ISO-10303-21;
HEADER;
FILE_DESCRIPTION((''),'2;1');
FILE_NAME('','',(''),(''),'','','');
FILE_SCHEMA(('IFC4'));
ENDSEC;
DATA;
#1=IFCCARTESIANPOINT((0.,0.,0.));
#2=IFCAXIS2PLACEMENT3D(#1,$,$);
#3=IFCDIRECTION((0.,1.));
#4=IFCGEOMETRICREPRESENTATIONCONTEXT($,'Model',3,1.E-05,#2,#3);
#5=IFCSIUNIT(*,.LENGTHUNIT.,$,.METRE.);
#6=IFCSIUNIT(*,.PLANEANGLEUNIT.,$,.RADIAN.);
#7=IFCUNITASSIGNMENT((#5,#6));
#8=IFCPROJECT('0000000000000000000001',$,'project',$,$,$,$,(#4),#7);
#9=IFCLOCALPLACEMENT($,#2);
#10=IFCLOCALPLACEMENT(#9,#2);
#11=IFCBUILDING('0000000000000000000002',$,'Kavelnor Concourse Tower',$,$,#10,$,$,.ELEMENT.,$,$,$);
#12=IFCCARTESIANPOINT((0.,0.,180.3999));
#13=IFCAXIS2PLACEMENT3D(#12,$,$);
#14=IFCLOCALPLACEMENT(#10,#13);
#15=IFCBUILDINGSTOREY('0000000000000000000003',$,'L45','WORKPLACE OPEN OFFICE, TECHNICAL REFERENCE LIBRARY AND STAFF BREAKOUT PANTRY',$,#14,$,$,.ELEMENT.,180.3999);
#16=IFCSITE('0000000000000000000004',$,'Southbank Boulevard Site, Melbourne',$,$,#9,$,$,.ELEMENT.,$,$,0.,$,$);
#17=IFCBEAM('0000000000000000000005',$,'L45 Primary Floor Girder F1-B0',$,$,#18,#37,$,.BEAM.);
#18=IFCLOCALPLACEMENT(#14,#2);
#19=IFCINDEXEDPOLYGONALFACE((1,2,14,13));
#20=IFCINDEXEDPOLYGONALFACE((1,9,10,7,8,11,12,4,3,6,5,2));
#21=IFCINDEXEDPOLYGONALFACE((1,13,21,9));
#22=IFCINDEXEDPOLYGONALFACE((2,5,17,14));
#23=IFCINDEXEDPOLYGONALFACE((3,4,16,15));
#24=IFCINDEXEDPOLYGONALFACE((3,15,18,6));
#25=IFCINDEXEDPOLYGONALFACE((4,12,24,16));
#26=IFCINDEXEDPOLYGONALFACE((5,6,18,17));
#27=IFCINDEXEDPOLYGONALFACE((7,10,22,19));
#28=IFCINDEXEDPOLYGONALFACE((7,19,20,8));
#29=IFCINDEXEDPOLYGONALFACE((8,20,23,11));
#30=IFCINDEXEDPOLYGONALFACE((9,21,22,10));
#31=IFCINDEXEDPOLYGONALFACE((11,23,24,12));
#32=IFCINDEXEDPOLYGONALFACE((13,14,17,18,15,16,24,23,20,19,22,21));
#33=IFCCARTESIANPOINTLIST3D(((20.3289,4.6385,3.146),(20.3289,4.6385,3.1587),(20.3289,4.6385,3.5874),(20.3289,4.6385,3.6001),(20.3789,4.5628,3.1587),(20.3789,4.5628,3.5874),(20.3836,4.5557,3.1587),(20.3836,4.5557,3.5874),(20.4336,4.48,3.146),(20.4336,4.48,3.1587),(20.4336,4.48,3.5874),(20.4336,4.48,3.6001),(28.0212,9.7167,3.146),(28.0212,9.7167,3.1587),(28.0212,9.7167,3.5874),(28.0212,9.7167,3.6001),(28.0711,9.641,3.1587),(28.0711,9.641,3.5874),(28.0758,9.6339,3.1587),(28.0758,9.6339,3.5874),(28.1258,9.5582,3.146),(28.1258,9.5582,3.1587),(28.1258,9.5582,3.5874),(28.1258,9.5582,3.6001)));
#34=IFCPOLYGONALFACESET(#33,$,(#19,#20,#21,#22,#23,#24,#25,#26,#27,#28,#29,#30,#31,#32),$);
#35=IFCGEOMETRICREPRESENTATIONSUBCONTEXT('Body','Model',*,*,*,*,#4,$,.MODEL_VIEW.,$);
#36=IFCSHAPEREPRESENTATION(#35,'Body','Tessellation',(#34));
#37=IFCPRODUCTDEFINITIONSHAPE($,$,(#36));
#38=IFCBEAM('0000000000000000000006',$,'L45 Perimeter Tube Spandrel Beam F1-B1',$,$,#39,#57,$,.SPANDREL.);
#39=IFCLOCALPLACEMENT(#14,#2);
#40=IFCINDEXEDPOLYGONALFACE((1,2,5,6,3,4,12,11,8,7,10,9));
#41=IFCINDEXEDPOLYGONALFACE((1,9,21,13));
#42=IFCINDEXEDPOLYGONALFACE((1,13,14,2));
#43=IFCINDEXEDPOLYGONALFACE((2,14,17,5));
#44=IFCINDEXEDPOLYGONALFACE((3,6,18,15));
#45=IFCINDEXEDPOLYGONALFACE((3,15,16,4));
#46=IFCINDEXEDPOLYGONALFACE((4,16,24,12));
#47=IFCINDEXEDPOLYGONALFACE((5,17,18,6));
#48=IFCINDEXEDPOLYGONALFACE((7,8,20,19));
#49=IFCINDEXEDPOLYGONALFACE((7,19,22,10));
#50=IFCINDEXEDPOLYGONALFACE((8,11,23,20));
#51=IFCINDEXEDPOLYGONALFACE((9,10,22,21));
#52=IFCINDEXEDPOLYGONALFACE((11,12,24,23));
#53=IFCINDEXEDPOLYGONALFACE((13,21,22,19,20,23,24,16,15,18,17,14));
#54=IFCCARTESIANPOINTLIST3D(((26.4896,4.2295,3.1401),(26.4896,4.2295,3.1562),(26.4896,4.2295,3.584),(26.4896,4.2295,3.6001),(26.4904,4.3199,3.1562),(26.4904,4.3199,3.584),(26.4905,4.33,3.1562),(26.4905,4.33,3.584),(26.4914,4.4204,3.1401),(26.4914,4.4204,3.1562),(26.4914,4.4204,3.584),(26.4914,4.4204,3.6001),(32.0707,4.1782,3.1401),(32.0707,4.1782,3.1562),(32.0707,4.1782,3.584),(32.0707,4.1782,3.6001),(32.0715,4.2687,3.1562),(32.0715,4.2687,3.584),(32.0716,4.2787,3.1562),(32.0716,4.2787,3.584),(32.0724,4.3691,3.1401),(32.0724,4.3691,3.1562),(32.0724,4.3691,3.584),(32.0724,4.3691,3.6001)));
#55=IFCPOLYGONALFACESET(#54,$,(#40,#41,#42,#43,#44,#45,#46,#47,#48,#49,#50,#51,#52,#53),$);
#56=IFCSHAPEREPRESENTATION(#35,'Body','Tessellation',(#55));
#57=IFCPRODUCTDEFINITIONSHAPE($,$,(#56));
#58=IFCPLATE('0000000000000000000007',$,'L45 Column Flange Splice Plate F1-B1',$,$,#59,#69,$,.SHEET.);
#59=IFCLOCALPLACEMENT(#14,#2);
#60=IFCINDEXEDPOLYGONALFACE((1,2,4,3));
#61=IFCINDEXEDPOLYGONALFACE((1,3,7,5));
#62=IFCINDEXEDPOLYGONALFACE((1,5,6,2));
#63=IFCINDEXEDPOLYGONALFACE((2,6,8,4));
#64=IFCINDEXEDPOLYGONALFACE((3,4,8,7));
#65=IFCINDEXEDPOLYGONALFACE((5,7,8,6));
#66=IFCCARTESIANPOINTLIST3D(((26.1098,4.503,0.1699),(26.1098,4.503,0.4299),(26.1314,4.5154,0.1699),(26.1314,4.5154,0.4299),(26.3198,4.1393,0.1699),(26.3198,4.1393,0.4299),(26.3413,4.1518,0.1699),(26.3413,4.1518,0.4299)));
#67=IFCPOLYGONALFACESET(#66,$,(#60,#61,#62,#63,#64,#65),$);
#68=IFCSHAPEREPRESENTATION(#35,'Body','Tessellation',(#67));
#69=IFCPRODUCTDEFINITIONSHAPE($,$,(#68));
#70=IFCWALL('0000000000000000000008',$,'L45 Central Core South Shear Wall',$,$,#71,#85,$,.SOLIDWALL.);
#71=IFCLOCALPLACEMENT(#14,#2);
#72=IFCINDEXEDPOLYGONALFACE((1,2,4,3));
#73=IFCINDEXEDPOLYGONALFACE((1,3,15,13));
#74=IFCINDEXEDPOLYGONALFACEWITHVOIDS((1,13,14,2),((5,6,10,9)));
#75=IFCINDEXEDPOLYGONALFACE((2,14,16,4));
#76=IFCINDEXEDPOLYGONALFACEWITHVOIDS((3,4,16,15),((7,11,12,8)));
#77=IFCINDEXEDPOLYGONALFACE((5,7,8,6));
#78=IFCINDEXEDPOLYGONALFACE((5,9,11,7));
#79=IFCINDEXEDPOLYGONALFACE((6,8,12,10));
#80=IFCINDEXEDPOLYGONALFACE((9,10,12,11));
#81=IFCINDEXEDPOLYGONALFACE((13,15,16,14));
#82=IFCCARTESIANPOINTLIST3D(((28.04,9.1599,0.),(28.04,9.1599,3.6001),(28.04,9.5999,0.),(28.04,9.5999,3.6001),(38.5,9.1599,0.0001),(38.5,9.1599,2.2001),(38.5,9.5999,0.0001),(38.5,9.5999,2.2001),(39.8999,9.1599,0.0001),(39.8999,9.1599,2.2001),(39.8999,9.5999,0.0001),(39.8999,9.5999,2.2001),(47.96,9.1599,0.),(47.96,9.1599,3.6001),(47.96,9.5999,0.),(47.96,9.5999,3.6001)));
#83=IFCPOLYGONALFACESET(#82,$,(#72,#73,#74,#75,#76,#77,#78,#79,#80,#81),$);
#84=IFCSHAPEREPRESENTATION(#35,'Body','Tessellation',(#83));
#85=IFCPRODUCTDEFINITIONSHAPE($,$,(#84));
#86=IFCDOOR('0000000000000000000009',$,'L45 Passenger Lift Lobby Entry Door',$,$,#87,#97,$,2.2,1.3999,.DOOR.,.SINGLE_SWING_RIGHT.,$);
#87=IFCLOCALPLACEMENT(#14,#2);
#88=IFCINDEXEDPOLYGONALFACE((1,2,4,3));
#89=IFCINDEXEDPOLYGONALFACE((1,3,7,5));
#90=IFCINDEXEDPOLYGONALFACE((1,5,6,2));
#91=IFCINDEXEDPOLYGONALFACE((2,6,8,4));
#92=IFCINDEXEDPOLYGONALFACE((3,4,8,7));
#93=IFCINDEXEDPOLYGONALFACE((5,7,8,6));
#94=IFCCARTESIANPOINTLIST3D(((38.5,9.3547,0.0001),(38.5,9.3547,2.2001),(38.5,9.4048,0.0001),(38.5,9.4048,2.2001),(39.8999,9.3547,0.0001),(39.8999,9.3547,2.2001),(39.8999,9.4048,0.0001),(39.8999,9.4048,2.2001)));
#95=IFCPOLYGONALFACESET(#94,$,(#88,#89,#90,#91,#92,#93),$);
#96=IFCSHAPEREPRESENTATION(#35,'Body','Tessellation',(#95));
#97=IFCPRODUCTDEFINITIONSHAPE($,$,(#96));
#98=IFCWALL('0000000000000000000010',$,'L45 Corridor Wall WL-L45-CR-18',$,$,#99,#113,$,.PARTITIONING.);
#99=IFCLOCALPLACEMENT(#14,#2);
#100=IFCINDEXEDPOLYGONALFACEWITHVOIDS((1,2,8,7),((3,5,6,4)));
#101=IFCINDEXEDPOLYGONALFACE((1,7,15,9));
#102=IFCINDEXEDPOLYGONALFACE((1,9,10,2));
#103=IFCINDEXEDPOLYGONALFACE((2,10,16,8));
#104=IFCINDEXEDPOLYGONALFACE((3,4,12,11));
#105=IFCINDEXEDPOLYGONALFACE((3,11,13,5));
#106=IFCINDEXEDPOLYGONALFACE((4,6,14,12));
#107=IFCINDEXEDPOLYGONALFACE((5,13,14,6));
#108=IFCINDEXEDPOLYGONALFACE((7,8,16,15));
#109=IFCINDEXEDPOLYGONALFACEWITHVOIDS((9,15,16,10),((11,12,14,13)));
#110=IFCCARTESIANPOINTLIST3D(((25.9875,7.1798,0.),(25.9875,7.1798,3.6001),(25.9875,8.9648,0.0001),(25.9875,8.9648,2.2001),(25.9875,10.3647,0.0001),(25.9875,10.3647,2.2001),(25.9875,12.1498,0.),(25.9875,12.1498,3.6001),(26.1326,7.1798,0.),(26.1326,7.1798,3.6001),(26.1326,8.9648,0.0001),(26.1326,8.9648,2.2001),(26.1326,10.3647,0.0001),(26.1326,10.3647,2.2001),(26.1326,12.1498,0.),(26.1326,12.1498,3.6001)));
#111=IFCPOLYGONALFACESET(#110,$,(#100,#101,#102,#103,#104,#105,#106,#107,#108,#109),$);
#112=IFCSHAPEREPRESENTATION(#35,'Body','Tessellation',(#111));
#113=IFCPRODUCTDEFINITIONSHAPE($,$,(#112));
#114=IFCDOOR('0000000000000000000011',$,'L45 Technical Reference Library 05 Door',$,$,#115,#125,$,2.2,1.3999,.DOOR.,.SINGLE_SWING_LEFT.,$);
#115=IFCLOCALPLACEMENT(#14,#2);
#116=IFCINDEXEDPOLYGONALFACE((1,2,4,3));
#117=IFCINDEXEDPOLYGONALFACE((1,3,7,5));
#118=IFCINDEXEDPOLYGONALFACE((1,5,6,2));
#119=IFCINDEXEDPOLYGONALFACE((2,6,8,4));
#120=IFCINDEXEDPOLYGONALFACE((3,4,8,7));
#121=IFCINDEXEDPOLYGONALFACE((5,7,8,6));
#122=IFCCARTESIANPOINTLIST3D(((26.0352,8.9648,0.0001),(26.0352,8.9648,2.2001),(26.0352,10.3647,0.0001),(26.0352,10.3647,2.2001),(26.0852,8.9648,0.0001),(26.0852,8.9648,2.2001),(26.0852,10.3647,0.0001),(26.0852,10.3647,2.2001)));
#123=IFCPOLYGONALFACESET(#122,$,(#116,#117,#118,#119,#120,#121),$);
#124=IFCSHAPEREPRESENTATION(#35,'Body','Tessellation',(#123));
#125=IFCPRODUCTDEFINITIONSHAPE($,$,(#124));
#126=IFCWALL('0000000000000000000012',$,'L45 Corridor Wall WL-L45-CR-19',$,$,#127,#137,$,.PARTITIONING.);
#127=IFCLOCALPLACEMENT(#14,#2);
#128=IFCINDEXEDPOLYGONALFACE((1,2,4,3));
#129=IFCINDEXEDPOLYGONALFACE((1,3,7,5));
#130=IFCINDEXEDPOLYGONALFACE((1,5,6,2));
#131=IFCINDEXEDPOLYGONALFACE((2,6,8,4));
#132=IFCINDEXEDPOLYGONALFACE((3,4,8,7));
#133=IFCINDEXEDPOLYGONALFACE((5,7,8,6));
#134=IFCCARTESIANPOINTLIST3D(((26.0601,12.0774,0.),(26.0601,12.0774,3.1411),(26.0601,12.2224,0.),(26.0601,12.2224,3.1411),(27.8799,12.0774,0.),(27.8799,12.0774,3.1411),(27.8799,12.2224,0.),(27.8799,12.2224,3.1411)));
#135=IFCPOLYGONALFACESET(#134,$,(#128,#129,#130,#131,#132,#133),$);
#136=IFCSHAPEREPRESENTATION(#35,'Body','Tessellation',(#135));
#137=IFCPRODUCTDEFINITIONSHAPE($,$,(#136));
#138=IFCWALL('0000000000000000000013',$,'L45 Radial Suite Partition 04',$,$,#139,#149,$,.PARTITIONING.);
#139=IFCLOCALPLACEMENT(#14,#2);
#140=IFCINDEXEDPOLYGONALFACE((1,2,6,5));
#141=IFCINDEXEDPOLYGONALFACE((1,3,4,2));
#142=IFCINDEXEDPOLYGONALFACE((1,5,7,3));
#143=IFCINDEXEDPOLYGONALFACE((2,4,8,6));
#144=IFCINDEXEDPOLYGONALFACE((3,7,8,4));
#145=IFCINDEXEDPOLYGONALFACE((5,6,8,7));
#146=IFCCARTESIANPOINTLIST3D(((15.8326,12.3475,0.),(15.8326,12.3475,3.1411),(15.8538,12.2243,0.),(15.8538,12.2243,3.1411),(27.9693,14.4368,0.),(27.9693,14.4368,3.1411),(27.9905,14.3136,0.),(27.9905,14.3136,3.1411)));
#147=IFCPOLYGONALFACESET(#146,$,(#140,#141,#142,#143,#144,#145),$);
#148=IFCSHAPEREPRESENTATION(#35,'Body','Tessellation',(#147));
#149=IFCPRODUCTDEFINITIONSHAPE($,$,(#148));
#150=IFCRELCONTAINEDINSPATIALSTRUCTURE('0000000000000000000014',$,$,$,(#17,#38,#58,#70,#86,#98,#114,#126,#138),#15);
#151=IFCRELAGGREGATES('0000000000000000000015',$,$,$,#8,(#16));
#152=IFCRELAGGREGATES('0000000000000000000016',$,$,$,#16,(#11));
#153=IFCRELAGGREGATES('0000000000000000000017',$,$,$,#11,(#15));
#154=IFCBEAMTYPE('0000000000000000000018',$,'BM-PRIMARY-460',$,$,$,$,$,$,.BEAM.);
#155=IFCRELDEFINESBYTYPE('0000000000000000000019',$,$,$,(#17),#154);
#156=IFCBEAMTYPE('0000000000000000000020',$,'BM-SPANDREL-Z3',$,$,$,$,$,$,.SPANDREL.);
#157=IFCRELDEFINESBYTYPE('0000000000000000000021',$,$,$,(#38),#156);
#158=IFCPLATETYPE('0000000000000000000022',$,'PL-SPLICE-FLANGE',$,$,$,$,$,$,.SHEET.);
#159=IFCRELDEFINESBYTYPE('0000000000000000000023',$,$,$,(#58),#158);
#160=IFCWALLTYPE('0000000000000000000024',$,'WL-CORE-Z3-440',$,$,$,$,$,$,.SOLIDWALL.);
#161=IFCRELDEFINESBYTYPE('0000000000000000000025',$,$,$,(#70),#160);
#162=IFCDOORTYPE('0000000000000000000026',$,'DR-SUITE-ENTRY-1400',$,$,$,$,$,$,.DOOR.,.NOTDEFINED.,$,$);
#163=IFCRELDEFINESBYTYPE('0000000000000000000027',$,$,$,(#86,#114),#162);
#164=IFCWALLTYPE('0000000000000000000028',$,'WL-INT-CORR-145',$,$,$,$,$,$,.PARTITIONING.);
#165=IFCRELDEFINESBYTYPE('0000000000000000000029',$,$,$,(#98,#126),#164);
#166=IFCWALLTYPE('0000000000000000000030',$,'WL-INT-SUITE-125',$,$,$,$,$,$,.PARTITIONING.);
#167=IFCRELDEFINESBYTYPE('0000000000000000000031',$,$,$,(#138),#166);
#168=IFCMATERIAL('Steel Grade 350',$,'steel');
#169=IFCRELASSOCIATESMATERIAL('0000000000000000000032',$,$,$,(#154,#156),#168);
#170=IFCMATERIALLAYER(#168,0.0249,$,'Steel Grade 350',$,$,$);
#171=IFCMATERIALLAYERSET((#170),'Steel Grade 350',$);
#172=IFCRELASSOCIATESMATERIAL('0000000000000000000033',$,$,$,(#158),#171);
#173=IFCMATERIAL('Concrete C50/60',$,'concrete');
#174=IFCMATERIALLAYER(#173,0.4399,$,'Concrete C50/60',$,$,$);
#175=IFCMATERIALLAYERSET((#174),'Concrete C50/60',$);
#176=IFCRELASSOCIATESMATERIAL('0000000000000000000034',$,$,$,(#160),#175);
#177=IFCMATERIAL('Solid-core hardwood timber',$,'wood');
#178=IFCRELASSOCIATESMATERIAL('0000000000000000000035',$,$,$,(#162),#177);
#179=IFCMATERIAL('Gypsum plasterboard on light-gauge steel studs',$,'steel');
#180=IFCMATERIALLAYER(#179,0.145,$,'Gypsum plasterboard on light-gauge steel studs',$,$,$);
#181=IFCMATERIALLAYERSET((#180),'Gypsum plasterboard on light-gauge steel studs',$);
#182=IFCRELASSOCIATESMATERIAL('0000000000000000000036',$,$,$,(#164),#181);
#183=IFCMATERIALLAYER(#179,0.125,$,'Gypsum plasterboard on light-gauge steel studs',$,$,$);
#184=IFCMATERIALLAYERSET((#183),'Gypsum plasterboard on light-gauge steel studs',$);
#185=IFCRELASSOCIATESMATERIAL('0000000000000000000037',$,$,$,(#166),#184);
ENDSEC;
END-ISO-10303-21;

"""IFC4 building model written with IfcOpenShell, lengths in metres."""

from ifc_helpers import new_model, si_unit, direction, frame, frame_2d, origin, origin_2d, place, context, subcontext, project, spatial, rectangle, i_section, extrude, material, layer, layer_set, material_profile, profile_set, type_object, element, fill, save


model = new_model("IFC4")

# Units and contexts
model_context = context("Model", 3, precision=1e-05, world=origin(), true_north=direction((0.0, 1.0)))
body_context = subcontext(model_context, "Body", "Model", "MODEL_VIEW")
ifc_project = project(units=[si_unit("LENGTHUNIT", "METRE"), si_unit("PLANEANGLEUNIT", "RADIAN")], contexts=[model_context])

# Site, building, storey
site_placement = place(None, origin())
site = spatial("IfcSite", under=ifc_project, at=site_placement, Name="Southbank Boulevard Site, Melbourne", CompositionType="ELEMENT", RefElevation=0.0)
building_placement = place(site_placement, origin())
building = spatial("IfcBuilding", under=site, at=building_placement, Name="Kavelnor Concourse Tower", CompositionType="ELEMENT")
storey_placement = place(building_placement, frame((0.0, 0.0, 180.3999)))
storey = spatial("IfcBuildingStorey", under=building, at=storey_placement, Name="L45", Description="WORKPLACE OPEN OFFICE, TECHNICAL REFERENCE LIBRARY AND STAFF BREAKOUT PANTRY", CompositionType="ELEMENT", Elevation=180.3999)

# Shared definitions
ifc_material_1 = material(Name="Steel Grade 350", Category="steel")

# Beams
ifc_material_profile_1 = material_profile(ifc_material_1, i_section(OverallWidth=0.1899, OverallDepth=0.4541, WebThickness=0.0085, FlangeThickness=0.0127, at=origin_2d()), Name="460UB67")
ifc_profile_set_1 = profile_set([ifc_material_profile_1], Name="Steel Grade 350")
beam_type_1 = type_object("IfcBeamType", Name="BM-PRIMARY-460", PredefinedType="BEAM", material=ifc_profile_set_1)
beam_1_placement = place(storey_placement, frame((28.0735, 9.6375, 3.373), z_axis=(-0.834544, -0.550941, 0.0), x_axis=(0.550941, -0.834544, 0.0)))
element("IfcBeam", 1, at=beam_1_placement, inside=storey, type_object=beam_type_1, Name="L45 Primary Floor Girder F1-B0", PredefinedType="BEAM", context=body_context, shape_type="SweptSolid", body=[
    extrude(i_section(OverallWidth=0.1899, OverallDepth=0.4541, WebThickness=0.0085, FlangeThickness=0.0127, at=origin_2d()), origin(), (0.0, 0.0, 1.0), 9.2173),
])
ifc_material_profile_2 = material_profile(ifc_material_1, i_section(OverallWidth=0.1909, OverallDepth=0.46, WebThickness=0.01, FlangeThickness=0.0161, at=origin_2d()), Name="460UB82")
ifc_profile_set_2 = profile_set([ifc_material_profile_2], Name="Steel Grade 350")
beam_type_2 = type_object("IfcBeamType", Name="BM-SPANDREL-Z3", PredefinedType="SPANDREL", material=ifc_profile_set_2)
beam_2_placement = place(storey_placement, frame((26.4905, 4.325, 3.3701), z_axis=(0.999958, -0.009186, 0.0), x_axis=(0.009186, 0.999958, 0.0)))
element("IfcBeam", 2, at=beam_2_placement, inside=storey, type_object=beam_type_2, Name="L45 Perimeter Tube Spandrel Beam F1-B1", PredefinedType="SPANDREL", context=body_context, shape_type="SweptSolid", body=[
    extrude(i_section(OverallWidth=0.1909, OverallDepth=0.46, WebThickness=0.01, FlangeThickness=0.0161, at=origin_2d()), origin(), (0.0, 0.0, 1.0), 5.5813),
])

# Plate
ifc_layer_1 = layer(ifc_material_1, 0.0249, Name="Steel Grade 350")
ifc_layer_set_1 = layer_set([ifc_layer_1], Name="Steel Grade 350")
plate_type = type_object("IfcPlateType", Name="PL-SPLICE-FLANGE", PredefinedType="SHEET", material=ifc_layer_set_1)
plate_placement = place(storey_placement, frame((26.2256, 4.3274, 0.1699), z_axis=(0.0, 0.0, 1.0), x_axis=(-0.5, 0.866025, 0.0)))
element("IfcPlate", 3, at=plate_placement, inside=storey, type_object=plate_type, Name="L45 Column Flange Splice Plate F1-B1", PredefinedType="SHEET", context=body_context, shape_type="SweptSolid", body=[
    extrude(rectangle(XDim=0.4199, YDim=0.0249, at=origin_2d()), origin(), (0.0, 0.0, 1.0), 0.26),
])

# Walls, openings, doors
ifc_material_2 = material(Name="Concrete C50/60", Category="concrete")
ifc_layer_2 = layer(ifc_material_2, 0.4399, Name="Concrete C50/60")
ifc_layer_set_2 = layer_set([ifc_layer_2], Name="Concrete C50/60")
wall_type_1 = type_object("IfcWallType", Name="WL-CORE-Z3-440", PredefinedType="SOLIDWALL", material=ifc_layer_set_2)
wall_1_placement = place(storey_placement, frame((28.04, 9.3799, 0.0), z_axis=(0.0, 0.0, 1.0), x_axis=(1.0, 0.0, 0.0)))
wall_1 = element("IfcWall", 4, at=wall_1_placement, inside=storey, type_object=wall_type_1, Name="L45 Central Core South Shear Wall", PredefinedType="SOLIDWALL", context=body_context, shape_type="SweptSolid", body=[
    extrude(rectangle(XDim=19.9199, YDim=0.4399, at=frame_2d((9.96, 0.0))), origin(), (0.0, 0.0, 1.0), 3.6001),
])
opening_1_placement = place(wall_1_placement, frame((10.46, 0.0, 0.0)))
opening_1 = element("IfcOpeningElement", 5, at=opening_1_placement, cuts=wall_1, PredefinedType="OPENING", context=body_context, shape_type="SweptSolid", body=[
    extrude(rectangle(XDim=1.3999, YDim=2.2, at=frame_2d((0.7, 1.1001))), frame((0.0, 0.23, 0.0), z_axis=(0.0, -1.0, 0.0), x_axis=(1.0, 0.0, 0.0)), (0.0, 0.0, 1.0), 0.46),
])
ifc_material_3 = material(Name="Solid-core hardwood timber", Category="wood")
door_type = type_object("IfcDoorType", Name="DR-SUITE-ENTRY-1400", OperationType="NOTDEFINED", PredefinedType="DOOR", material=ifc_material_3)
door_1_placement = place(opening_1_placement, origin())
door_1 = element("IfcDoor", 6, at=door_1_placement, inside=storey, type_object=door_type, Name="L45 Passenger Lift Lobby Entry Door", OperationType="SINGLE_SWING_RIGHT", OverallHeight=2.2, OverallWidth=1.3999, PredefinedType="DOOR", context=body_context, shape_type="SweptSolid", body=[
    extrude(rectangle(XDim=1.3999, YDim=2.2, at=frame_2d((0.7, 1.1001))), frame((0.0, 0.0249, 0.0), z_axis=(0.0, -1.0, 0.0), x_axis=(1.0, 0.0, 0.0)), (0.0, 0.0, 1.0), 0.05),
])
fill(opening_1, door_1)
ifc_material_4 = material(Name="Gypsum plasterboard on light-gauge steel studs", Category="steel")
ifc_layer_3 = layer(ifc_material_4, 0.145, Name="Gypsum plasterboard on light-gauge steel studs")
ifc_layer_set_3 = layer_set([ifc_layer_3], Name="Gypsum plasterboard on light-gauge steel studs")
wall_type_2 = type_object("IfcWallType", Name="WL-INT-CORR-145", PredefinedType="PARTITIONING", material=ifc_layer_set_3)
wall_2_placement = place(storey_placement, frame((26.0601, 7.1799, 0.0), z_axis=(0.0, 0.0, 1.0), x_axis=(0.0, 1.0, 0.0)))
wall_2 = element("IfcWall", 7, at=wall_2_placement, inside=storey, type_object=wall_type_2, Name="L45 Corridor Wall WL-L45-CR-18", PredefinedType="PARTITIONING", context=body_context, shape_type="SweptSolid", body=[
    extrude(rectangle(XDim=4.97, YDim=0.145, at=frame_2d((2.4849, 0.0))), origin(), (0.0, 0.0, 1.0), 3.6001),
])
opening_2_placement = place(wall_2_placement, frame((1.7849, 0.0, 0.0)))
opening_2 = element("IfcOpeningElement", 8, at=opening_2_placement, cuts=wall_2, PredefinedType="OPENING", context=body_context, shape_type="SweptSolid", body=[
    extrude(rectangle(XDim=1.3999, YDim=2.2, at=frame_2d((0.7, 1.1001))), frame((0.0, 0.0825, 0.0), z_axis=(0.0, -1.0, 0.0), x_axis=(1.0, 0.0, 0.0)), (0.0, 0.0, 1.0), 0.165),
])
door_2_placement = place(opening_2_placement, origin())
door_2 = element("IfcDoor", 9, at=door_2_placement, inside=storey, type_object=door_type, Name="L45 Technical Reference Library 05 Door", OperationType="SINGLE_SWING_LEFT", OverallHeight=2.2, OverallWidth=1.3999, PredefinedType="DOOR", context=body_context, shape_type="SweptSolid", body=[
    extrude(rectangle(XDim=1.3999, YDim=2.2, at=frame_2d((0.7, 1.1001))), frame((0.0, 0.0249, 0.0), z_axis=(0.0, -1.0, 0.0), x_axis=(1.0, 0.0, 0.0)), (0.0, 0.0, 1.0), 0.05),
])
fill(opening_2, door_2)

# Walls
wall_3_placement = place(storey_placement, frame((26.0601, 12.1499, 0.0), z_axis=(0.0, 0.0, 1.0), x_axis=(1.0, 0.0, 0.0)))
element("IfcWall", 10, at=wall_3_placement, inside=storey, type_object=wall_type_2, Name="L45 Corridor Wall WL-L45-CR-19", PredefinedType="PARTITIONING", context=body_context, shape_type="SweptSolid", body=[
    extrude(rectangle(XDim=1.8198, YDim=0.145, at=frame_2d((0.9099, 0.0))), origin(), (0.0, 0.0, 1.0), 3.1411),
])
ifc_layer_4 = layer(ifc_material_4, 0.125, Name="Gypsum plasterboard on light-gauge steel studs")
ifc_layer_set_4 = layer_set([ifc_layer_4], Name="Gypsum plasterboard on light-gauge steel studs")
wall_type_3 = type_object("IfcWallType", Name="WL-INT-SUITE-125", PredefinedType="PARTITIONING", material=ifc_layer_set_4)
wall_4_placement = place(storey_placement, frame((27.98, 14.3752, 0.0), z_axis=(0.0, 0.0, 1.0), x_axis=(-0.985503, -0.169656, 0.0)))
element("IfcWall", 11, at=wall_4_placement, inside=storey, type_object=wall_type_3, Name="L45 Radial Suite Partition 04", PredefinedType="PARTITIONING", context=body_context, shape_type="SweptSolid", body=[
    extrude(rectangle(XDim=12.3152, YDim=0.125, at=frame_2d((6.1577, 0.0))), origin(), (0.0, 0.0, 1.0), 3.1411),
])

save(model, "model.ifc")
